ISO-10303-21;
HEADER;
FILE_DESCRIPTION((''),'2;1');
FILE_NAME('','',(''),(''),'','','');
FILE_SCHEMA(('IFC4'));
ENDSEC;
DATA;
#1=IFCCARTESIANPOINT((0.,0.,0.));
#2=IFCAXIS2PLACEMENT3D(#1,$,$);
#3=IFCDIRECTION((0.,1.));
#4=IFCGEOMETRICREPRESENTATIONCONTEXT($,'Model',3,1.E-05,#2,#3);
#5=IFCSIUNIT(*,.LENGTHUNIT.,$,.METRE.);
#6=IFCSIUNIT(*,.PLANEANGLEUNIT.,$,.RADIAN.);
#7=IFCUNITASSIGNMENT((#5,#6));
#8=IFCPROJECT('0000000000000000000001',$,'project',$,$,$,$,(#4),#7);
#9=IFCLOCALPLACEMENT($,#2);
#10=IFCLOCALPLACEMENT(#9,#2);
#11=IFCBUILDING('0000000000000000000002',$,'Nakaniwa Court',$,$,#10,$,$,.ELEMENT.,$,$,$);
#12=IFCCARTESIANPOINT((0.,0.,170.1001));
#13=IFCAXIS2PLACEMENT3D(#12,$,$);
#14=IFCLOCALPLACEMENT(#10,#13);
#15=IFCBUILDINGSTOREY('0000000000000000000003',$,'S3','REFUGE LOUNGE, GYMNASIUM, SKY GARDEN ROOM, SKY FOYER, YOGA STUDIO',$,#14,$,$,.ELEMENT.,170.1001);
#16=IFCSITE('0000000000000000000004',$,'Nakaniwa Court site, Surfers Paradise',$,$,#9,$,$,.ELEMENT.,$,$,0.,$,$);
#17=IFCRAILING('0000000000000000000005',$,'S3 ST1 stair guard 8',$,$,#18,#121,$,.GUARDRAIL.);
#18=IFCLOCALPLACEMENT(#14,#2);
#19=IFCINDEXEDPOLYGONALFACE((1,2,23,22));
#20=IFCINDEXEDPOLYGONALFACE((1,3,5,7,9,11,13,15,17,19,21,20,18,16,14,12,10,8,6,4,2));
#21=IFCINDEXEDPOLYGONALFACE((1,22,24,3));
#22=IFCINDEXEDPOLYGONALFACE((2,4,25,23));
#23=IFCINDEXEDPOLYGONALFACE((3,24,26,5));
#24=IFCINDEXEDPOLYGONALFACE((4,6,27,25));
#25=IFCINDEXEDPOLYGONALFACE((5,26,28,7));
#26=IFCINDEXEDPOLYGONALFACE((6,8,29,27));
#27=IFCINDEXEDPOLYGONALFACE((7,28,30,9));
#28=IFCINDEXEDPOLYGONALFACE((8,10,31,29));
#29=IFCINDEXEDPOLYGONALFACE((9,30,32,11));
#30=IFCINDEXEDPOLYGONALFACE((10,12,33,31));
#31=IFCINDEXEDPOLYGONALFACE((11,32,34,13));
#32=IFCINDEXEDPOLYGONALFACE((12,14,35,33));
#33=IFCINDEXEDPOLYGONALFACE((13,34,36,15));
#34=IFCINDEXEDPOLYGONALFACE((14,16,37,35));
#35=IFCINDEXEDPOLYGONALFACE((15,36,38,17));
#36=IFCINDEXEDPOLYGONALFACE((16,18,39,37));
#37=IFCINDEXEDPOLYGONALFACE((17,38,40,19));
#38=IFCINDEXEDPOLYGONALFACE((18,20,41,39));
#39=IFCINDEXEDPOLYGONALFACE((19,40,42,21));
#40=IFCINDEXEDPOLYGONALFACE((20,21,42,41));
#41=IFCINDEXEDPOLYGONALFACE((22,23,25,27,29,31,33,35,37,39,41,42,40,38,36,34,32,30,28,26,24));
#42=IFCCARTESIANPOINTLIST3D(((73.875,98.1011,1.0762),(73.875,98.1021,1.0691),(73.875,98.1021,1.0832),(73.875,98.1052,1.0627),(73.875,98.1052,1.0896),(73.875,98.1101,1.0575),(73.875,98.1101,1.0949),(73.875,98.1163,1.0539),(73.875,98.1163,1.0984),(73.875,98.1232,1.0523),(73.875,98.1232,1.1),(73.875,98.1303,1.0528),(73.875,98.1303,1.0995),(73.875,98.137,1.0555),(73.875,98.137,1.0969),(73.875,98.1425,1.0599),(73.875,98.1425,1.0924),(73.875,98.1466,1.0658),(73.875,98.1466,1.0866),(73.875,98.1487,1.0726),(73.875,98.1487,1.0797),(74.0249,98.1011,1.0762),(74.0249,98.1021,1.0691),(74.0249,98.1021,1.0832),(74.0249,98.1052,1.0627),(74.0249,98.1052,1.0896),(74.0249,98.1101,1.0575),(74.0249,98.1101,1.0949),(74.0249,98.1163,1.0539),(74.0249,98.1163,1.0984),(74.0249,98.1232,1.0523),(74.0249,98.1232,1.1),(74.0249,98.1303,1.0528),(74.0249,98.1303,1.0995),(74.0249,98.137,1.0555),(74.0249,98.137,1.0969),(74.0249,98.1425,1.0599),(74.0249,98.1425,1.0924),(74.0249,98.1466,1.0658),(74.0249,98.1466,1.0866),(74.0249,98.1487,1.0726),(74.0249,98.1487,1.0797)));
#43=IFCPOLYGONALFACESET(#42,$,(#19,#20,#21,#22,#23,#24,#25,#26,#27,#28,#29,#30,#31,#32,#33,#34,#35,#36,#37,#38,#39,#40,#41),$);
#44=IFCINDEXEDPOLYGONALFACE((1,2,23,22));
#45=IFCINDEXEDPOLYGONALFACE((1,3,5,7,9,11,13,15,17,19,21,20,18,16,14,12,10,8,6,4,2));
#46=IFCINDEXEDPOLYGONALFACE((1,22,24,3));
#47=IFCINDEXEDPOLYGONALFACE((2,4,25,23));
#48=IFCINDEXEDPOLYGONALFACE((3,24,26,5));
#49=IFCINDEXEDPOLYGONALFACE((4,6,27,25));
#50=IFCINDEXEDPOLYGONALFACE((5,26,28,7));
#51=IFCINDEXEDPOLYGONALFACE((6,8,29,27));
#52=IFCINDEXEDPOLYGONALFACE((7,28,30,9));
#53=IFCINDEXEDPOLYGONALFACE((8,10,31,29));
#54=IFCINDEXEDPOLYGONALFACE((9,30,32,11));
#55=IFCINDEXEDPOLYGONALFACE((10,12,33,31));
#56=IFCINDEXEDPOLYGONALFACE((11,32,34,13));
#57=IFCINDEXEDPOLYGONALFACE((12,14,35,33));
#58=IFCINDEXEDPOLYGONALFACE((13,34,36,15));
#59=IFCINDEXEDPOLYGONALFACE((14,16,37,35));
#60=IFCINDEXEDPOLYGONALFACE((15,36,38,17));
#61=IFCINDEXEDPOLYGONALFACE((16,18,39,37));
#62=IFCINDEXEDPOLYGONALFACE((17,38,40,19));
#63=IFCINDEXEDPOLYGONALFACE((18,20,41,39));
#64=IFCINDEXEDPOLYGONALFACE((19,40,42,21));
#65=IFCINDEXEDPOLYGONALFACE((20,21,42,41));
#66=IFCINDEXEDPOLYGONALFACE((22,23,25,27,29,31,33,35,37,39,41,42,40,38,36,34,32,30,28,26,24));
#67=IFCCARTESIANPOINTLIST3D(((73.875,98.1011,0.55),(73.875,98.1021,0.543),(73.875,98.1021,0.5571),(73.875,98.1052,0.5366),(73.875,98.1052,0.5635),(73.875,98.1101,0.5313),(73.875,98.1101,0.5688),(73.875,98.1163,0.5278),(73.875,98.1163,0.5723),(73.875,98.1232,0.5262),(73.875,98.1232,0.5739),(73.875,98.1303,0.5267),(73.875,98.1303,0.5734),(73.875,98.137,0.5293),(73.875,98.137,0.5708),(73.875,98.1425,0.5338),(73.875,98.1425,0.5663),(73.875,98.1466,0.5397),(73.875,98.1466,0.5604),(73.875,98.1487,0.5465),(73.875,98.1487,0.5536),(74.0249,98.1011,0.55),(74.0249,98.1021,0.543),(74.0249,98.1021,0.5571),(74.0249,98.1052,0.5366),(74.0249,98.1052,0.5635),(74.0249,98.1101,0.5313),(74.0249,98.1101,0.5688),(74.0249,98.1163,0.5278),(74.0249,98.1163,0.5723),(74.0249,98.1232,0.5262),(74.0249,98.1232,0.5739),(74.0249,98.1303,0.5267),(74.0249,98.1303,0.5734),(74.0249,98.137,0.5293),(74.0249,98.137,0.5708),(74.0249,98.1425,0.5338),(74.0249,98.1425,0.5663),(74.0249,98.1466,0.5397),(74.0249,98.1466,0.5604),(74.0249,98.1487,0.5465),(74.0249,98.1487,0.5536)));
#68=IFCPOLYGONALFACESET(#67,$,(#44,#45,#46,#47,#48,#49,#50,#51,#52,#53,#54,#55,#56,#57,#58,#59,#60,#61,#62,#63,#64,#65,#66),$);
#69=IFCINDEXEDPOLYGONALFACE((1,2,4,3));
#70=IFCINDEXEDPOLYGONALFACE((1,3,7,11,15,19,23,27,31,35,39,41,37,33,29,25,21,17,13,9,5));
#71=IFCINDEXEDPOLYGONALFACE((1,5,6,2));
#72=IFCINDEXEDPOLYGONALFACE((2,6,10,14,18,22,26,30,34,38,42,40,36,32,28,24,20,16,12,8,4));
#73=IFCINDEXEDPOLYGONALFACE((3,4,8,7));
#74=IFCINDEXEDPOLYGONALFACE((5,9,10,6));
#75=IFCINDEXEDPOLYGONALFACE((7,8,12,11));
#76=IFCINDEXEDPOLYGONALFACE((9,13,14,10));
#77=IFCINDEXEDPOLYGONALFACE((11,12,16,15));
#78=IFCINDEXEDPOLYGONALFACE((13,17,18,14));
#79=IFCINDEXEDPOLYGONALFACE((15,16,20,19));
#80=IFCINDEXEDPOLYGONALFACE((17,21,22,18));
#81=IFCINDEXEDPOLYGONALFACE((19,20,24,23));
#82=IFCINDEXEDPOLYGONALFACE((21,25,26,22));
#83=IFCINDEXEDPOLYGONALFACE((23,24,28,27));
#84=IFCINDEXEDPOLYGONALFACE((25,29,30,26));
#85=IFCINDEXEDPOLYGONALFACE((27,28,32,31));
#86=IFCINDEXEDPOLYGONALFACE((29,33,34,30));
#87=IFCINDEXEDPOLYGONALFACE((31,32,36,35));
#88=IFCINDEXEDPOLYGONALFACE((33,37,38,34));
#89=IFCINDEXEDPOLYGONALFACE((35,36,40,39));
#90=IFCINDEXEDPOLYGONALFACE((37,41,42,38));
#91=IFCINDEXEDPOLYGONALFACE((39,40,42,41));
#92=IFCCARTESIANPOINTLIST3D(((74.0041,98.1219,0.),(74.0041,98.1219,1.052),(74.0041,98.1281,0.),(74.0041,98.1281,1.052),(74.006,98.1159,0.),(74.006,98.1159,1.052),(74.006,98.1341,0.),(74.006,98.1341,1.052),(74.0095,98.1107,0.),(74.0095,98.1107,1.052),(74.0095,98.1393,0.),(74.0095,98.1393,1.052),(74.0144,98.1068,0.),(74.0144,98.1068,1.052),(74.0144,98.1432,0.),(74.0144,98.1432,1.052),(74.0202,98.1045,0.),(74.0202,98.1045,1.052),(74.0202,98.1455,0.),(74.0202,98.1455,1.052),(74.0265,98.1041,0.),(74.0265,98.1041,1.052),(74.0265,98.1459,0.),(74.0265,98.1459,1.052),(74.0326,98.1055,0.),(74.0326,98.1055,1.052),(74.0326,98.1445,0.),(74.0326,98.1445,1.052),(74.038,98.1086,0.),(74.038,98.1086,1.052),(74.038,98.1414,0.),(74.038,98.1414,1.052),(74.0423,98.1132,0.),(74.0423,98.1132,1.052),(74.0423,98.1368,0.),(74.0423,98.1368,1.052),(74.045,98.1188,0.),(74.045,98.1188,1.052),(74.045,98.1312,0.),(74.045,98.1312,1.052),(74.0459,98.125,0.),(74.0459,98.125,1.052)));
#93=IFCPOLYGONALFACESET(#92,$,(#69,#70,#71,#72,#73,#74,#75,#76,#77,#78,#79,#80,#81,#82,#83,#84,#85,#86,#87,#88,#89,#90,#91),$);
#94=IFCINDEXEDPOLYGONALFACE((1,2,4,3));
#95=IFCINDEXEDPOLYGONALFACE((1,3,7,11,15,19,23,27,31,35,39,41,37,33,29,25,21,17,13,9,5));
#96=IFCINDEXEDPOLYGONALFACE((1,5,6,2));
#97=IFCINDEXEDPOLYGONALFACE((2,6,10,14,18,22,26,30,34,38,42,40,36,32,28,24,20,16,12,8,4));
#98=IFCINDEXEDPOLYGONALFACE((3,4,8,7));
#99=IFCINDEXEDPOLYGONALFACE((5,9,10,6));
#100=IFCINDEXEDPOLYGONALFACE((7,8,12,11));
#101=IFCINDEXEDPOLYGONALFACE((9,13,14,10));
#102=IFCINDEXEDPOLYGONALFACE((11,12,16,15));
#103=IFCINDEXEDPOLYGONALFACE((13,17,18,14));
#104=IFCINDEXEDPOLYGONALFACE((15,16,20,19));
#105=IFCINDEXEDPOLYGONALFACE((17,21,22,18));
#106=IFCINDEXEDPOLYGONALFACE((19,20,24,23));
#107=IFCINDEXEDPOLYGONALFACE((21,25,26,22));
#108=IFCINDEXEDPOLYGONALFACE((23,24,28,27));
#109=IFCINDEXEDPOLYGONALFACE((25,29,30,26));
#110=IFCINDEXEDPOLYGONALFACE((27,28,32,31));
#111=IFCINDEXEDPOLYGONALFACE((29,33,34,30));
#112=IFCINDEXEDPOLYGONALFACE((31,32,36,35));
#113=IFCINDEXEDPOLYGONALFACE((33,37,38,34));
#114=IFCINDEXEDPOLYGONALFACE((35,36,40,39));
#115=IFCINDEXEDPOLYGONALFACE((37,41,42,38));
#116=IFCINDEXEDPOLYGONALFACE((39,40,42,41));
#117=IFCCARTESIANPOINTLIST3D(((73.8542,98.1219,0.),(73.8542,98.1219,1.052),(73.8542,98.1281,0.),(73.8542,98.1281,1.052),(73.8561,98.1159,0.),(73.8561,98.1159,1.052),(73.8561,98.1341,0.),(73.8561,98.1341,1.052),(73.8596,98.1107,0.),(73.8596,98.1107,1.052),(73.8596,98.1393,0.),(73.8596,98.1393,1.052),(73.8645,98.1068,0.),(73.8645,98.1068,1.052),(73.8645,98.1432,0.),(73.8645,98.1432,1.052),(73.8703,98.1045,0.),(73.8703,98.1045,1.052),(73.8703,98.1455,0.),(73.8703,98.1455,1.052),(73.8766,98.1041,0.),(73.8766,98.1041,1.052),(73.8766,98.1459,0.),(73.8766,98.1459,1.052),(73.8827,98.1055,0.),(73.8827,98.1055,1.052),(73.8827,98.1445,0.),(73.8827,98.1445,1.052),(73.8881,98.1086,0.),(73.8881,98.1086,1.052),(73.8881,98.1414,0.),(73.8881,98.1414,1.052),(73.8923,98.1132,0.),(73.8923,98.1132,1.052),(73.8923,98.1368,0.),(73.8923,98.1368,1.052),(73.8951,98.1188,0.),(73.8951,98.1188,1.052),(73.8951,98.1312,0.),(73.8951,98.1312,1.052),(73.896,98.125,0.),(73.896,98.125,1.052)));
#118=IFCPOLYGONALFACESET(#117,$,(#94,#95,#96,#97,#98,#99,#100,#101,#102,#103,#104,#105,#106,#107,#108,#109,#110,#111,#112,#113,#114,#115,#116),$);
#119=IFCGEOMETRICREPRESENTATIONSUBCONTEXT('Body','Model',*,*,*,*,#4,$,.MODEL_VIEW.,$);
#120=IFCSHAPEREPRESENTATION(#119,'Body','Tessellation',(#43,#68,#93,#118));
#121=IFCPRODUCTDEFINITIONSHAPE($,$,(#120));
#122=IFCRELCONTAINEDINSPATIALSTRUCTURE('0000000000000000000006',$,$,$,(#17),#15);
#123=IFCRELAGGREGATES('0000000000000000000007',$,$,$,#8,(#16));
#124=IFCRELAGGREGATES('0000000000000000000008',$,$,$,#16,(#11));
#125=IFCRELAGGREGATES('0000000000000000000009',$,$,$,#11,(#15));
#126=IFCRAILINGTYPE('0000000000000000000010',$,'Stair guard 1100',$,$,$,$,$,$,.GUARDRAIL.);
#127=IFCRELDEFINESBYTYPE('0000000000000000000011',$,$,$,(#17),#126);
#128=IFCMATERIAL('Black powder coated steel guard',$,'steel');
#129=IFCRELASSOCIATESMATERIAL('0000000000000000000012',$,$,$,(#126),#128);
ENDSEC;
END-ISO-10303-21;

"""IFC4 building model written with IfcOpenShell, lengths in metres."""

from ifc_helpers import new_model, si_unit, direction, frame, origin, origin_2d, place, context, subcontext, project, spatial, circle, extrude, material, type_object, element, save


model = new_model("IFC4")

# Units and contexts
model_context = context("Model", 3, precision=1e-05, world=origin(), true_north=direction((0.0, 1.0)))
body_context = subcontext(model_context, "Body", "Model", "MODEL_VIEW")
ifc_project = project(units=[si_unit("LENGTHUNIT", "METRE"), si_unit("PLANEANGLEUNIT", "RADIAN")], contexts=[model_context])

# Site, building, storey
site_placement = place(None, origin())
site = spatial("IfcSite", under=ifc_project, at=site_placement, Name="Nakaniwa Court site, Surfers Paradise", CompositionType="ELEMENT", RefElevation=0.0)
building_placement = place(site_placement, origin())
building = spatial("IfcBuilding", under=site, at=building_placement, Name="Nakaniwa Court", CompositionType="ELEMENT")
storey_placement = place(building_placement, frame((0.0, 0.0, 170.1001)))
storey = spatial("IfcBuildingStorey", under=building, at=storey_placement, Name="S3", Description="REFUGE LOUNGE, GYMNASIUM, SKY GARDEN ROOM, SKY FOYER, YOGA STUDIO", CompositionType="ELEMENT", Elevation=170.1001)

# Railing
ifc_material_1 = material(Name="Black powder coated steel guard", Category="steel")
railing_type_1 = type_object("IfcRailingType", Name="Stair guard 1100", PredefinedType="GUARDRAIL", material=ifc_material_1)
railing_1_placement = place(storey_placement, frame((74.0249, 98.125, 0.0)))
element("IfcRailing", 1, at=railing_1_placement, inside=storey, type_object=railing_type_1, Name="S3 ST1 stair guard 8", PredefinedType="GUARDRAIL", context=body_context, shape_type="SweptSolid", body=[
    extrude(circle(Radius=0.0239, at=origin_2d()), frame((0.0, 0.0, 1.0762), z_axis=(-1.0, 0.0, 0.0), x_axis=(0.0, -1.0, 0.0)), (0.0, 0.0, 1.0), 0.1499),
    extrude(circle(Radius=0.0239, at=origin_2d()), frame((0.0, 0.0, 0.55), z_axis=(-1.0, 0.0, 0.0), x_axis=(0.0, -1.0, 0.0)), (0.0, 0.0, 1.0), 0.1499),
    extrude(circle(Radius=0.021, at=origin_2d()), origin(), (0.0, 0.0, 1.0), 1.052),
    extrude(circle(Radius=0.021, at=origin_2d()), frame((-0.1499, 0.0, 0.0)), (0.0, 0.0, 1.0), 1.052),
])

save(model, "model.ifc")
